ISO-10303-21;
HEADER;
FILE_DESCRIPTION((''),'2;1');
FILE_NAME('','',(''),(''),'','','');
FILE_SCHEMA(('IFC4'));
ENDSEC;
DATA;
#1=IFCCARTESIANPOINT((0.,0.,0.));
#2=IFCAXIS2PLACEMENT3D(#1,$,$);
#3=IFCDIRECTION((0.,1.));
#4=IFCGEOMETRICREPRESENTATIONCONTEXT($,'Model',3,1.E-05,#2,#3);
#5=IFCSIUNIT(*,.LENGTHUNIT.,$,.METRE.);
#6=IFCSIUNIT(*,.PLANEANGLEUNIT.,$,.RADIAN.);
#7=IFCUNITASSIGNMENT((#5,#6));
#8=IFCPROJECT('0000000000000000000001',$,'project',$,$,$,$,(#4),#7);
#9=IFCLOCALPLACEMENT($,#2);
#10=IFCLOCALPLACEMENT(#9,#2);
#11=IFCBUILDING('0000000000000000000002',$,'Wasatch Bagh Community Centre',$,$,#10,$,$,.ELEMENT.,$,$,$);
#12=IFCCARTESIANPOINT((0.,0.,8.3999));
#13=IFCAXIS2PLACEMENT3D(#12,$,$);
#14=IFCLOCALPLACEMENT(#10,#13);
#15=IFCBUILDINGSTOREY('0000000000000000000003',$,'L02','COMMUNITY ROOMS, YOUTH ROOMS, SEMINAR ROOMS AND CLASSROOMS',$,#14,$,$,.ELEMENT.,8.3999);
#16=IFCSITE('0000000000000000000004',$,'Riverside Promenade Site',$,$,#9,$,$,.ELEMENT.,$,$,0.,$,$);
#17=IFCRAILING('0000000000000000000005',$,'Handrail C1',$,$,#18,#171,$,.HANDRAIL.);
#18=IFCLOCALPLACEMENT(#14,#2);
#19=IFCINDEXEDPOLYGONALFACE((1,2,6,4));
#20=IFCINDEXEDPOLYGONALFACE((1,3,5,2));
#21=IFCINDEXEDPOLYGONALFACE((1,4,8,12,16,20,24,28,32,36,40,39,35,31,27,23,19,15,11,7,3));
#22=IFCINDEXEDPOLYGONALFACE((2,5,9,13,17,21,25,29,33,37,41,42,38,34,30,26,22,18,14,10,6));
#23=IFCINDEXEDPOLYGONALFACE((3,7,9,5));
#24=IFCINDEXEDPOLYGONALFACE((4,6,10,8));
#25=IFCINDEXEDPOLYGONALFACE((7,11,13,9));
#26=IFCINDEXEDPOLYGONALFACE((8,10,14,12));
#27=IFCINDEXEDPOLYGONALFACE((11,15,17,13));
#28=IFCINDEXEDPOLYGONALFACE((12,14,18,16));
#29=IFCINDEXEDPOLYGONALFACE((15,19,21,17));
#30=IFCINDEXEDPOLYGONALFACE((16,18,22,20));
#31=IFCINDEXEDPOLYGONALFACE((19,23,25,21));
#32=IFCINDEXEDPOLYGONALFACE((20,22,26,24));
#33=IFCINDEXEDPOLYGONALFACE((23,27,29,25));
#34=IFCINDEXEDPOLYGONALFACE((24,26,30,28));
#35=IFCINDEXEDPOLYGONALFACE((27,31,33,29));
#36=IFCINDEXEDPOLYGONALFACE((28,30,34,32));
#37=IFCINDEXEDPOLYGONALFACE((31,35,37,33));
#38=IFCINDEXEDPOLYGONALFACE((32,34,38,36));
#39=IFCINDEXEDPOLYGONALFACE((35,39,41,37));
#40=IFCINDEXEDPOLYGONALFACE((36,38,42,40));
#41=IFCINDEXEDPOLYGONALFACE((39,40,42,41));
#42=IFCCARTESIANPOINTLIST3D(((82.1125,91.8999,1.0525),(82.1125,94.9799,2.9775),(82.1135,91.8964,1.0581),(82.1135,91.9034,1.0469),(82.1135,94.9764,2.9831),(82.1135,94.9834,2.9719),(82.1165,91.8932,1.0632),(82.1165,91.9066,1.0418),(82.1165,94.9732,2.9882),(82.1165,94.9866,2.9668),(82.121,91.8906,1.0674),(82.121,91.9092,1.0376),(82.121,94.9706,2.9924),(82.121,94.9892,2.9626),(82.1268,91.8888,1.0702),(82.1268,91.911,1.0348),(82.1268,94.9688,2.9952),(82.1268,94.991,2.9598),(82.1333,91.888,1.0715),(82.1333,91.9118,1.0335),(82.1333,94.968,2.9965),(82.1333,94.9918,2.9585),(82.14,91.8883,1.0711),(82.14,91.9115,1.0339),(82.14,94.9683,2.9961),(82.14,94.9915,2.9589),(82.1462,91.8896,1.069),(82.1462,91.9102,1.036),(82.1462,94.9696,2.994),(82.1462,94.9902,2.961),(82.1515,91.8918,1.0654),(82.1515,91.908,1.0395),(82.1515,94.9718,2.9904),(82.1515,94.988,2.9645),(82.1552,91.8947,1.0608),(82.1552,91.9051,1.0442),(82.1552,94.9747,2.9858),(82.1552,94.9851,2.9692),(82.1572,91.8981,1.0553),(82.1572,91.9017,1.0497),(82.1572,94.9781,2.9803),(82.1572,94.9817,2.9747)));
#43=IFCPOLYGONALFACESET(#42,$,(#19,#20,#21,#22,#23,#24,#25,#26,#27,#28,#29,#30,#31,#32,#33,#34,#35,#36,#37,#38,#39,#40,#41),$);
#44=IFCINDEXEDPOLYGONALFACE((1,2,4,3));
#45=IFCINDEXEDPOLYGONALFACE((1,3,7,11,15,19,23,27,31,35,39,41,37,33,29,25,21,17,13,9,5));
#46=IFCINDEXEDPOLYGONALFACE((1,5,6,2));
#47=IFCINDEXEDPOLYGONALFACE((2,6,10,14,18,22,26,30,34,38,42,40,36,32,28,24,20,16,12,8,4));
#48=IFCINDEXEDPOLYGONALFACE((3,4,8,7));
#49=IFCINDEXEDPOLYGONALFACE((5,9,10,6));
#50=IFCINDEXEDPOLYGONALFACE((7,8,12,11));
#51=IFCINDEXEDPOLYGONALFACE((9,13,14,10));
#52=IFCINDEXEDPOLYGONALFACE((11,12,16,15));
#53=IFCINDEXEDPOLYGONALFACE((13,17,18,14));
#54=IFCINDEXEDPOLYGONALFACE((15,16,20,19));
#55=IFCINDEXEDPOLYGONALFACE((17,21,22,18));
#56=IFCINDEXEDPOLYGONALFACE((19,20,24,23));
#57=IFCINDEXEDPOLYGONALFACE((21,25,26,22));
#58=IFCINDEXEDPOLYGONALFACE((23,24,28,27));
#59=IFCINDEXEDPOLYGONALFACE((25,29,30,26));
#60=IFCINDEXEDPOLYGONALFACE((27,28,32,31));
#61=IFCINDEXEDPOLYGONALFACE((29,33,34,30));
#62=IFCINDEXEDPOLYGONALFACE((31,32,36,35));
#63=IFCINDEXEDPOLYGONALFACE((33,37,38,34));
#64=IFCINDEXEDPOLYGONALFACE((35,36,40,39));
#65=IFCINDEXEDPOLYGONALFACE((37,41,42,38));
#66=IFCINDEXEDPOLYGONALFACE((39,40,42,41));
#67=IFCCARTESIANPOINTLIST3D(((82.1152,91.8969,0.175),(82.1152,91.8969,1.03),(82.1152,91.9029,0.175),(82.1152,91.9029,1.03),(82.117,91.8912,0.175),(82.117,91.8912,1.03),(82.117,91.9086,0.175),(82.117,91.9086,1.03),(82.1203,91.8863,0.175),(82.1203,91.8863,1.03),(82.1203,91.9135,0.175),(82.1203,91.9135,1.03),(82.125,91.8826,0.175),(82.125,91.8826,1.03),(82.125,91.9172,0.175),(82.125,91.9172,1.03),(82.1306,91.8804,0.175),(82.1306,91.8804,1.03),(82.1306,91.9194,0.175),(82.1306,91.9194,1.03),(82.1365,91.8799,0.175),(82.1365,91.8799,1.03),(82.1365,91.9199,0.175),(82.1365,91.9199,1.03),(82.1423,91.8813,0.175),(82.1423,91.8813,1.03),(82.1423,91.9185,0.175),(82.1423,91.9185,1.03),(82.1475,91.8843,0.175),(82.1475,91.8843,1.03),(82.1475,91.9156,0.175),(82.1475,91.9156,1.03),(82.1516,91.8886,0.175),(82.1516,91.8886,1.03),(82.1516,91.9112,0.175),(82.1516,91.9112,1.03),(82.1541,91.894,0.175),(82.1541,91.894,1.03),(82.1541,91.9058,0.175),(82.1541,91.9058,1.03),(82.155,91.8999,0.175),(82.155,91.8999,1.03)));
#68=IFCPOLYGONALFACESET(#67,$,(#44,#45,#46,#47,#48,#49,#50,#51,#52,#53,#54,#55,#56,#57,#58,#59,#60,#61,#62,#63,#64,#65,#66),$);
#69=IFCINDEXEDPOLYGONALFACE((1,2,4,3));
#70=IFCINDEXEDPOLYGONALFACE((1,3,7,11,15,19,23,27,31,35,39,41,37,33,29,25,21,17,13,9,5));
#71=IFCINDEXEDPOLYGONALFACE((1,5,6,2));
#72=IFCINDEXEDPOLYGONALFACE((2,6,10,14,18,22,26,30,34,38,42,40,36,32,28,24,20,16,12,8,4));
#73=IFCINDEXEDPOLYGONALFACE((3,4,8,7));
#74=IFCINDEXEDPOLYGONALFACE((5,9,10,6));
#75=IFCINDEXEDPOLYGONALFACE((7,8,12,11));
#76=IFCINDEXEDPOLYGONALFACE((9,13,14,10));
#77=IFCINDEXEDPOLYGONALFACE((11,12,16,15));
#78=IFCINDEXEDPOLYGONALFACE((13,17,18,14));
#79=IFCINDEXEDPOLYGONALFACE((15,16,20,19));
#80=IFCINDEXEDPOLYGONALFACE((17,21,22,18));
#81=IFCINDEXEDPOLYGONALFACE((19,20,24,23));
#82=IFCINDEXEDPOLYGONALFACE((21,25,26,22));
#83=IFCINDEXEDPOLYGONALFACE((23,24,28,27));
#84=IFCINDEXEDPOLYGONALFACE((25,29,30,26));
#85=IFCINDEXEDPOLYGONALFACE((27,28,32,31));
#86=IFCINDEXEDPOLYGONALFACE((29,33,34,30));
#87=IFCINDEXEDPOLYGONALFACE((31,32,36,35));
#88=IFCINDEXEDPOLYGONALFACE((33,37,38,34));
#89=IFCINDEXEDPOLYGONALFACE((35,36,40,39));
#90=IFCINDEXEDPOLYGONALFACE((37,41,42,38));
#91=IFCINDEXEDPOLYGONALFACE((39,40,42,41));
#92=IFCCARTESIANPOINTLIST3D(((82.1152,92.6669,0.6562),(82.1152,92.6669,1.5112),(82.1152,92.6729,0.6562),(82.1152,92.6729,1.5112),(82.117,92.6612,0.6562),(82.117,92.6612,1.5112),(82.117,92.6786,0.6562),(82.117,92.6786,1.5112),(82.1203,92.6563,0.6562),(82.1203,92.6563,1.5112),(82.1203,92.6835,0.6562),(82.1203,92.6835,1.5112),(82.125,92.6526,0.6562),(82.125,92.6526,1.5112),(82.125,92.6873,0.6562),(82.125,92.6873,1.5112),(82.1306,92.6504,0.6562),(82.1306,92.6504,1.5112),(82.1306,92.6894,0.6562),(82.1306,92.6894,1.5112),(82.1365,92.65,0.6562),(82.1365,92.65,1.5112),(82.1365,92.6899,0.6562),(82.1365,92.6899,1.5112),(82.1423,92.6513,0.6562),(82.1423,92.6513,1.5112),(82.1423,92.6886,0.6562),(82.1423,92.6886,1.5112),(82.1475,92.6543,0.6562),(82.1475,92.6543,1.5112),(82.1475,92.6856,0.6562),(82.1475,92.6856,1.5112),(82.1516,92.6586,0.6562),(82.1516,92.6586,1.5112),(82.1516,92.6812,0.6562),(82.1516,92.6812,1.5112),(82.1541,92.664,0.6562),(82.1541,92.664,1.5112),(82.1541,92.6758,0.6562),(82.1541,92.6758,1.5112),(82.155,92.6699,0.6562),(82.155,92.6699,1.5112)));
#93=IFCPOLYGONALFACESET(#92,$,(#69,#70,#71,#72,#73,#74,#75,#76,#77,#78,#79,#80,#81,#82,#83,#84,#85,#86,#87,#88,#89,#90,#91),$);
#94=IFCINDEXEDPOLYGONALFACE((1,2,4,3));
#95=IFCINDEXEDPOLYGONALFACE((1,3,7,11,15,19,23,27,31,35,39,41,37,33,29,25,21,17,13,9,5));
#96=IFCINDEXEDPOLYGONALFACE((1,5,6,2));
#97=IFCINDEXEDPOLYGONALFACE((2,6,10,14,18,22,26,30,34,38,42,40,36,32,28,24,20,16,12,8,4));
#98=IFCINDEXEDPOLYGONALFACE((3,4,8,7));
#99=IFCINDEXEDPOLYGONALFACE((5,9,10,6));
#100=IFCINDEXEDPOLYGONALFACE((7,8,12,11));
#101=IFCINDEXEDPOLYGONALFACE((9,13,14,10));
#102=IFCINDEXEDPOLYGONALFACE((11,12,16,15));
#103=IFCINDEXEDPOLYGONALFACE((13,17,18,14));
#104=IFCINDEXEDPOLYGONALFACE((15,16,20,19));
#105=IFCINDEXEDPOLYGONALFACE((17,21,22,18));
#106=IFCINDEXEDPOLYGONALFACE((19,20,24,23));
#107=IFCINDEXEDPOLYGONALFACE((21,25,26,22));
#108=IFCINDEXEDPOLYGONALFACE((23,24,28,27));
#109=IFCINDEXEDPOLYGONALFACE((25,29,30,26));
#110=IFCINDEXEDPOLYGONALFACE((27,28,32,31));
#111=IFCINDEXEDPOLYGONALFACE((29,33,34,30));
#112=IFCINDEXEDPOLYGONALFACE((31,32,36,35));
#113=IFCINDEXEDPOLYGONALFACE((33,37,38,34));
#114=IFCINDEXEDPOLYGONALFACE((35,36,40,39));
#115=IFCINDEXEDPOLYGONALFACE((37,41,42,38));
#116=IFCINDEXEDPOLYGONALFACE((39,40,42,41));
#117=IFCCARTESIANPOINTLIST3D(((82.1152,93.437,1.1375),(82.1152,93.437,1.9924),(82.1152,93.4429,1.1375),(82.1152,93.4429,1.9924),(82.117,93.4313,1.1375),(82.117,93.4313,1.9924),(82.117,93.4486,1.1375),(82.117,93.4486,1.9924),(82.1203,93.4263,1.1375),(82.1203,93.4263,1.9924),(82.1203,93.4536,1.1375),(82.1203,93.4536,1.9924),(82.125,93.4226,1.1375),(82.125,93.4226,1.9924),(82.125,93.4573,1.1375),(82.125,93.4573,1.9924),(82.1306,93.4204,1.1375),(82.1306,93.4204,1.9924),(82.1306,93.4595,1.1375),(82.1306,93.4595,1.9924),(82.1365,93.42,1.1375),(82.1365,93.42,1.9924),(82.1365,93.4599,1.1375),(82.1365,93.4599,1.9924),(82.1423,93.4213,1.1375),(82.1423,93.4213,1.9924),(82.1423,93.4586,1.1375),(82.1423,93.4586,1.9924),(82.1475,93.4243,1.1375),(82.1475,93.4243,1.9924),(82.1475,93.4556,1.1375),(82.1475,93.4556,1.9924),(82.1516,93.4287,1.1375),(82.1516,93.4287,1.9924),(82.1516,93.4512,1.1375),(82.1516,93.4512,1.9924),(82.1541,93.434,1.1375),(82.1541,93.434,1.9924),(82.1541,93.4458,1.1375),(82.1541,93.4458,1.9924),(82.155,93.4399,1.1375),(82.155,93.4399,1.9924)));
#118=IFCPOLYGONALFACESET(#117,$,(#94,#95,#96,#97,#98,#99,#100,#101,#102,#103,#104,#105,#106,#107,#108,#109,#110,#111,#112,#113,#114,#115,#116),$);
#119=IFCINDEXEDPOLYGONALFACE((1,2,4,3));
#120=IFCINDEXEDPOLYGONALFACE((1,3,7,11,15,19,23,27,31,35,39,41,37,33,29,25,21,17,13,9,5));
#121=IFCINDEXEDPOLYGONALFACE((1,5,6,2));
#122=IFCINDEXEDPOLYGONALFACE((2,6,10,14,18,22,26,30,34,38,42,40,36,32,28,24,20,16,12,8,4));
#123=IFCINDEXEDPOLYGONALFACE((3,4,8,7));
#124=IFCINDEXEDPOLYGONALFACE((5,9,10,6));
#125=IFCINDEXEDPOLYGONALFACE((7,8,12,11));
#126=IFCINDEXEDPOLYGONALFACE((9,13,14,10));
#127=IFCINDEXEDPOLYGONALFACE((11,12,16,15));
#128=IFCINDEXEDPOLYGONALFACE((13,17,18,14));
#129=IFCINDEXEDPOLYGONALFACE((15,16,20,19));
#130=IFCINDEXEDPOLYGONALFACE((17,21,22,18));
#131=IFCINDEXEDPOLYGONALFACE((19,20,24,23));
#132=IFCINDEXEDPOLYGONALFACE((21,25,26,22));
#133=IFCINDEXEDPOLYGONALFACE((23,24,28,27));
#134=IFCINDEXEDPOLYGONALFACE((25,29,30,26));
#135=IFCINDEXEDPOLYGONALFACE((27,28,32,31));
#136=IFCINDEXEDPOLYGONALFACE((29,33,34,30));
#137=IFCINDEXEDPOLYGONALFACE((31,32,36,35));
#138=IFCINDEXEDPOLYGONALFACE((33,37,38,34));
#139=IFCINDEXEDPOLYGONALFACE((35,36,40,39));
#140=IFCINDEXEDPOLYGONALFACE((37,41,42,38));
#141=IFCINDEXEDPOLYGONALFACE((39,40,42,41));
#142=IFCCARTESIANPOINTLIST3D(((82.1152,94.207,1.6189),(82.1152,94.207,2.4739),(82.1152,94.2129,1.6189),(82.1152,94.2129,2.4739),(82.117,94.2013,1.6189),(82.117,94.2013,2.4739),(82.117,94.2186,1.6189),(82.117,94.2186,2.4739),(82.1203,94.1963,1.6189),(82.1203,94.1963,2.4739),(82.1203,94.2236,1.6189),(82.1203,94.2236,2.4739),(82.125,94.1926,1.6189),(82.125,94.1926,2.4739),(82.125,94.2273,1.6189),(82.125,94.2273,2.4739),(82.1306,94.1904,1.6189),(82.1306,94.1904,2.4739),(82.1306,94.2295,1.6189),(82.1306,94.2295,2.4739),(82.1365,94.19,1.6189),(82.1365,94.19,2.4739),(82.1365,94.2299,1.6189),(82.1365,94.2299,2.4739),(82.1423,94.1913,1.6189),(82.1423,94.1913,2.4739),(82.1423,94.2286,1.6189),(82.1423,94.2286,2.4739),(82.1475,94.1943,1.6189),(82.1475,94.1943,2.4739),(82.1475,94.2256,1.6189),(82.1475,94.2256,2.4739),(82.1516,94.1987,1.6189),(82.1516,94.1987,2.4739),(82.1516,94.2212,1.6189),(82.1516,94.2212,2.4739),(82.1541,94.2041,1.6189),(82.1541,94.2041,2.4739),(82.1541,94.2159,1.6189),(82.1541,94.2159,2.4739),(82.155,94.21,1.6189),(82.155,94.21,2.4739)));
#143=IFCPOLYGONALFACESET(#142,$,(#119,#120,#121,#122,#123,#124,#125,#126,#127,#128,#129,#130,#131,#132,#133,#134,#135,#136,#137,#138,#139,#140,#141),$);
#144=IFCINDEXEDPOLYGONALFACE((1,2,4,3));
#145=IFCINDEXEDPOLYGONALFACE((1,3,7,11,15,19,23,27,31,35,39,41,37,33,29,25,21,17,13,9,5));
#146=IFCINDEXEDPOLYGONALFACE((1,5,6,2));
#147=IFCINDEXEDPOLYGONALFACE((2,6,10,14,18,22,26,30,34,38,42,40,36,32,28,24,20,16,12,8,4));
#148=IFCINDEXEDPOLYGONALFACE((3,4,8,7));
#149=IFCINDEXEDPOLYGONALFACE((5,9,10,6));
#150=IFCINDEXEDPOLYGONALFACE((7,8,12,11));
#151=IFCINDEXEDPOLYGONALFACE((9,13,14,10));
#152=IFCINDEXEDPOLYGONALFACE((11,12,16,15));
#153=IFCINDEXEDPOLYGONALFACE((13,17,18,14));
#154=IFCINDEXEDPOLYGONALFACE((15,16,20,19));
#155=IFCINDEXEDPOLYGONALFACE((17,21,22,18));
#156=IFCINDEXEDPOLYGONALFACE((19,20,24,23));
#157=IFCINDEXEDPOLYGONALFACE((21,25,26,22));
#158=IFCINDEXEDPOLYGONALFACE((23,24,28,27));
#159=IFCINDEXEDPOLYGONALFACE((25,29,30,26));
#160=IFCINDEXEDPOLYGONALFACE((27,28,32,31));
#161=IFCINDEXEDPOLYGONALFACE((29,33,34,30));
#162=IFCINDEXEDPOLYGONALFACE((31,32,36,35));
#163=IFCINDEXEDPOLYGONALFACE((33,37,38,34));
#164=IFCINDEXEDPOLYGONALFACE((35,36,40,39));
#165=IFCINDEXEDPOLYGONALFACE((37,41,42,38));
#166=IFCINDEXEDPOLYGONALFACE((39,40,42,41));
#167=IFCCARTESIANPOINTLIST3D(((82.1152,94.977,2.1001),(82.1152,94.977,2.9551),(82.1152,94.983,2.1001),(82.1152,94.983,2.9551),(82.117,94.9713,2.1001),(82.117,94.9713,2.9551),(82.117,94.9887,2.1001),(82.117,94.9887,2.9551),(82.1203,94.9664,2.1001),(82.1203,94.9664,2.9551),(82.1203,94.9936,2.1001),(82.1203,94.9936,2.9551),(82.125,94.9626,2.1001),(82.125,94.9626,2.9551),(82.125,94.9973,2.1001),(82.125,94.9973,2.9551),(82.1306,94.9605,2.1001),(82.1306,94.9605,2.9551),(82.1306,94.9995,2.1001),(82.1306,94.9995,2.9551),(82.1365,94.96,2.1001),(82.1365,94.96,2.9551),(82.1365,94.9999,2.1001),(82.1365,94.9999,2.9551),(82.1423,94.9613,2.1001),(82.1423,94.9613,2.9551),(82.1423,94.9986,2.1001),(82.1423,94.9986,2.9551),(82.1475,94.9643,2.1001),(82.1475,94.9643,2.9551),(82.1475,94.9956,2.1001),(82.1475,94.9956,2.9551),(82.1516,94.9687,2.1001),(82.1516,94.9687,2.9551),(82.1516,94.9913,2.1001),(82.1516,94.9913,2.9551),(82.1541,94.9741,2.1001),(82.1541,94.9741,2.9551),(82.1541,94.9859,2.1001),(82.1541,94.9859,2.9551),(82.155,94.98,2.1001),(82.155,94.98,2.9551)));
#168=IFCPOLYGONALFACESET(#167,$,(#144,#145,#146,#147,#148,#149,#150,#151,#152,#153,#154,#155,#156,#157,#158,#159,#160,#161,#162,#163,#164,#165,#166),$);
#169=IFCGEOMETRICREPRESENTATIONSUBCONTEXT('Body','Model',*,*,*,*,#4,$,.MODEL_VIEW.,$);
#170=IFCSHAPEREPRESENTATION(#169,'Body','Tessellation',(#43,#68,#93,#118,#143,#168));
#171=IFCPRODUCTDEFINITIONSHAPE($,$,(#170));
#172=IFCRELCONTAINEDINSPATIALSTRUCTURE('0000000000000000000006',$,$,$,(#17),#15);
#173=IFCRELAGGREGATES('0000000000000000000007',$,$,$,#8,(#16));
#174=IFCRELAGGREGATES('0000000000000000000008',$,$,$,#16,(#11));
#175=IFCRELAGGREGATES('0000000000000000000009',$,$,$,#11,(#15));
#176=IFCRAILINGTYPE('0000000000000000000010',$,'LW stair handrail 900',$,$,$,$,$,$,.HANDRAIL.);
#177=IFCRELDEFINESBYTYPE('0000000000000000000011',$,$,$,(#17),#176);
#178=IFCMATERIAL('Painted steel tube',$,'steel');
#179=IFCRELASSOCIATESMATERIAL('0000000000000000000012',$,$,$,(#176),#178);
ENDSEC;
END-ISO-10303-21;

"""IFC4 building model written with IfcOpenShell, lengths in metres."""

from ifc_helpers import new_model, si_unit, direction, frame, origin, origin_2d, place, context, subcontext, project, spatial, circle, extrude, material, type_object, element, save


model = new_model("IFC4")

# Units and contexts
model_context = context("Model", 3, precision=1e-05, world=origin(), true_north=direction((0.0, 1.0)))
body_context = subcontext(model_context, "Body", "Model", "MODEL_VIEW")
ifc_project = project(units=[si_unit("LENGTHUNIT", "METRE"), si_unit("PLANEANGLEUNIT", "RADIAN")], contexts=[model_context])

# Site, building, storey
site_placement = place(None, origin())
site = spatial("IfcSite", under=ifc_project, at=site_placement, Name="Riverside Promenade Site", CompositionType="ELEMENT", RefElevation=0.0)
building_placement = place(site_placement, origin())
building = spatial("IfcBuilding", under=site, at=building_placement, Name="Wasatch Bagh Community Centre", CompositionType="ELEMENT")
storey_placement = place(building_placement, frame((0.0, 0.0, 8.3999)))
storey = spatial("IfcBuildingStorey", under=building, at=storey_placement, Name="L02", Description="COMMUNITY ROOMS, YOUTH ROOMS, SEMINAR ROOMS AND CLASSROOMS", CompositionType="ELEMENT", Elevation=8.3999)

# Railing
ifc_material_1 = material(Name="Painted steel tube", Category="steel")
railing_type_1 = type_object("IfcRailingType", Name="LW stair handrail 900", PredefinedType="HANDRAIL", material=ifc_material_1)
for number, where, name in (
    (1, (82.135, 91.8999, 0.175), "Handrail C1"),
):
    element("IfcRailing", number, at=place(storey_placement, frame(where)), inside=storey, type_object=railing_type_1, Name=name, PredefinedType="HANDRAIL", context=body_context, shape_type="SweptSolid", body=[
        extrude(circle(Radius=0.0225, at=origin_2d()), frame((0.0, 0.0, 0.8774), z_axis=(0.0, 0.847998, 0.529999), x_axis=(-1.0, 0.0, 0.0)), (0.0, 0.0, 1.0), 3.6321),
        extrude(circle(Radius=0.02, at=origin_2d()), origin(), (0.0, 0.0, 1.0), 0.855),
        extrude(circle(Radius=0.02, at=origin_2d()), frame((0.0, 0.77, 0.4812)), (0.0, 0.0, 1.0), 0.855),
        extrude(circle(Radius=0.02, at=origin_2d()), frame((0.0, 1.54, 0.9624)), (0.0, 0.0, 1.0), 0.855),
        extrude(circle(Radius=0.02, at=origin_2d()), frame((0.0, 2.3101, 1.4438)), (0.0, 0.0, 1.0), 0.855),
        extrude(circle(Radius=0.02, at=origin_2d()), frame((0.0, 3.0801, 1.925)), (0.0, 0.0, 1.0), 0.855),
    ])

save(model, "model.ifc")
